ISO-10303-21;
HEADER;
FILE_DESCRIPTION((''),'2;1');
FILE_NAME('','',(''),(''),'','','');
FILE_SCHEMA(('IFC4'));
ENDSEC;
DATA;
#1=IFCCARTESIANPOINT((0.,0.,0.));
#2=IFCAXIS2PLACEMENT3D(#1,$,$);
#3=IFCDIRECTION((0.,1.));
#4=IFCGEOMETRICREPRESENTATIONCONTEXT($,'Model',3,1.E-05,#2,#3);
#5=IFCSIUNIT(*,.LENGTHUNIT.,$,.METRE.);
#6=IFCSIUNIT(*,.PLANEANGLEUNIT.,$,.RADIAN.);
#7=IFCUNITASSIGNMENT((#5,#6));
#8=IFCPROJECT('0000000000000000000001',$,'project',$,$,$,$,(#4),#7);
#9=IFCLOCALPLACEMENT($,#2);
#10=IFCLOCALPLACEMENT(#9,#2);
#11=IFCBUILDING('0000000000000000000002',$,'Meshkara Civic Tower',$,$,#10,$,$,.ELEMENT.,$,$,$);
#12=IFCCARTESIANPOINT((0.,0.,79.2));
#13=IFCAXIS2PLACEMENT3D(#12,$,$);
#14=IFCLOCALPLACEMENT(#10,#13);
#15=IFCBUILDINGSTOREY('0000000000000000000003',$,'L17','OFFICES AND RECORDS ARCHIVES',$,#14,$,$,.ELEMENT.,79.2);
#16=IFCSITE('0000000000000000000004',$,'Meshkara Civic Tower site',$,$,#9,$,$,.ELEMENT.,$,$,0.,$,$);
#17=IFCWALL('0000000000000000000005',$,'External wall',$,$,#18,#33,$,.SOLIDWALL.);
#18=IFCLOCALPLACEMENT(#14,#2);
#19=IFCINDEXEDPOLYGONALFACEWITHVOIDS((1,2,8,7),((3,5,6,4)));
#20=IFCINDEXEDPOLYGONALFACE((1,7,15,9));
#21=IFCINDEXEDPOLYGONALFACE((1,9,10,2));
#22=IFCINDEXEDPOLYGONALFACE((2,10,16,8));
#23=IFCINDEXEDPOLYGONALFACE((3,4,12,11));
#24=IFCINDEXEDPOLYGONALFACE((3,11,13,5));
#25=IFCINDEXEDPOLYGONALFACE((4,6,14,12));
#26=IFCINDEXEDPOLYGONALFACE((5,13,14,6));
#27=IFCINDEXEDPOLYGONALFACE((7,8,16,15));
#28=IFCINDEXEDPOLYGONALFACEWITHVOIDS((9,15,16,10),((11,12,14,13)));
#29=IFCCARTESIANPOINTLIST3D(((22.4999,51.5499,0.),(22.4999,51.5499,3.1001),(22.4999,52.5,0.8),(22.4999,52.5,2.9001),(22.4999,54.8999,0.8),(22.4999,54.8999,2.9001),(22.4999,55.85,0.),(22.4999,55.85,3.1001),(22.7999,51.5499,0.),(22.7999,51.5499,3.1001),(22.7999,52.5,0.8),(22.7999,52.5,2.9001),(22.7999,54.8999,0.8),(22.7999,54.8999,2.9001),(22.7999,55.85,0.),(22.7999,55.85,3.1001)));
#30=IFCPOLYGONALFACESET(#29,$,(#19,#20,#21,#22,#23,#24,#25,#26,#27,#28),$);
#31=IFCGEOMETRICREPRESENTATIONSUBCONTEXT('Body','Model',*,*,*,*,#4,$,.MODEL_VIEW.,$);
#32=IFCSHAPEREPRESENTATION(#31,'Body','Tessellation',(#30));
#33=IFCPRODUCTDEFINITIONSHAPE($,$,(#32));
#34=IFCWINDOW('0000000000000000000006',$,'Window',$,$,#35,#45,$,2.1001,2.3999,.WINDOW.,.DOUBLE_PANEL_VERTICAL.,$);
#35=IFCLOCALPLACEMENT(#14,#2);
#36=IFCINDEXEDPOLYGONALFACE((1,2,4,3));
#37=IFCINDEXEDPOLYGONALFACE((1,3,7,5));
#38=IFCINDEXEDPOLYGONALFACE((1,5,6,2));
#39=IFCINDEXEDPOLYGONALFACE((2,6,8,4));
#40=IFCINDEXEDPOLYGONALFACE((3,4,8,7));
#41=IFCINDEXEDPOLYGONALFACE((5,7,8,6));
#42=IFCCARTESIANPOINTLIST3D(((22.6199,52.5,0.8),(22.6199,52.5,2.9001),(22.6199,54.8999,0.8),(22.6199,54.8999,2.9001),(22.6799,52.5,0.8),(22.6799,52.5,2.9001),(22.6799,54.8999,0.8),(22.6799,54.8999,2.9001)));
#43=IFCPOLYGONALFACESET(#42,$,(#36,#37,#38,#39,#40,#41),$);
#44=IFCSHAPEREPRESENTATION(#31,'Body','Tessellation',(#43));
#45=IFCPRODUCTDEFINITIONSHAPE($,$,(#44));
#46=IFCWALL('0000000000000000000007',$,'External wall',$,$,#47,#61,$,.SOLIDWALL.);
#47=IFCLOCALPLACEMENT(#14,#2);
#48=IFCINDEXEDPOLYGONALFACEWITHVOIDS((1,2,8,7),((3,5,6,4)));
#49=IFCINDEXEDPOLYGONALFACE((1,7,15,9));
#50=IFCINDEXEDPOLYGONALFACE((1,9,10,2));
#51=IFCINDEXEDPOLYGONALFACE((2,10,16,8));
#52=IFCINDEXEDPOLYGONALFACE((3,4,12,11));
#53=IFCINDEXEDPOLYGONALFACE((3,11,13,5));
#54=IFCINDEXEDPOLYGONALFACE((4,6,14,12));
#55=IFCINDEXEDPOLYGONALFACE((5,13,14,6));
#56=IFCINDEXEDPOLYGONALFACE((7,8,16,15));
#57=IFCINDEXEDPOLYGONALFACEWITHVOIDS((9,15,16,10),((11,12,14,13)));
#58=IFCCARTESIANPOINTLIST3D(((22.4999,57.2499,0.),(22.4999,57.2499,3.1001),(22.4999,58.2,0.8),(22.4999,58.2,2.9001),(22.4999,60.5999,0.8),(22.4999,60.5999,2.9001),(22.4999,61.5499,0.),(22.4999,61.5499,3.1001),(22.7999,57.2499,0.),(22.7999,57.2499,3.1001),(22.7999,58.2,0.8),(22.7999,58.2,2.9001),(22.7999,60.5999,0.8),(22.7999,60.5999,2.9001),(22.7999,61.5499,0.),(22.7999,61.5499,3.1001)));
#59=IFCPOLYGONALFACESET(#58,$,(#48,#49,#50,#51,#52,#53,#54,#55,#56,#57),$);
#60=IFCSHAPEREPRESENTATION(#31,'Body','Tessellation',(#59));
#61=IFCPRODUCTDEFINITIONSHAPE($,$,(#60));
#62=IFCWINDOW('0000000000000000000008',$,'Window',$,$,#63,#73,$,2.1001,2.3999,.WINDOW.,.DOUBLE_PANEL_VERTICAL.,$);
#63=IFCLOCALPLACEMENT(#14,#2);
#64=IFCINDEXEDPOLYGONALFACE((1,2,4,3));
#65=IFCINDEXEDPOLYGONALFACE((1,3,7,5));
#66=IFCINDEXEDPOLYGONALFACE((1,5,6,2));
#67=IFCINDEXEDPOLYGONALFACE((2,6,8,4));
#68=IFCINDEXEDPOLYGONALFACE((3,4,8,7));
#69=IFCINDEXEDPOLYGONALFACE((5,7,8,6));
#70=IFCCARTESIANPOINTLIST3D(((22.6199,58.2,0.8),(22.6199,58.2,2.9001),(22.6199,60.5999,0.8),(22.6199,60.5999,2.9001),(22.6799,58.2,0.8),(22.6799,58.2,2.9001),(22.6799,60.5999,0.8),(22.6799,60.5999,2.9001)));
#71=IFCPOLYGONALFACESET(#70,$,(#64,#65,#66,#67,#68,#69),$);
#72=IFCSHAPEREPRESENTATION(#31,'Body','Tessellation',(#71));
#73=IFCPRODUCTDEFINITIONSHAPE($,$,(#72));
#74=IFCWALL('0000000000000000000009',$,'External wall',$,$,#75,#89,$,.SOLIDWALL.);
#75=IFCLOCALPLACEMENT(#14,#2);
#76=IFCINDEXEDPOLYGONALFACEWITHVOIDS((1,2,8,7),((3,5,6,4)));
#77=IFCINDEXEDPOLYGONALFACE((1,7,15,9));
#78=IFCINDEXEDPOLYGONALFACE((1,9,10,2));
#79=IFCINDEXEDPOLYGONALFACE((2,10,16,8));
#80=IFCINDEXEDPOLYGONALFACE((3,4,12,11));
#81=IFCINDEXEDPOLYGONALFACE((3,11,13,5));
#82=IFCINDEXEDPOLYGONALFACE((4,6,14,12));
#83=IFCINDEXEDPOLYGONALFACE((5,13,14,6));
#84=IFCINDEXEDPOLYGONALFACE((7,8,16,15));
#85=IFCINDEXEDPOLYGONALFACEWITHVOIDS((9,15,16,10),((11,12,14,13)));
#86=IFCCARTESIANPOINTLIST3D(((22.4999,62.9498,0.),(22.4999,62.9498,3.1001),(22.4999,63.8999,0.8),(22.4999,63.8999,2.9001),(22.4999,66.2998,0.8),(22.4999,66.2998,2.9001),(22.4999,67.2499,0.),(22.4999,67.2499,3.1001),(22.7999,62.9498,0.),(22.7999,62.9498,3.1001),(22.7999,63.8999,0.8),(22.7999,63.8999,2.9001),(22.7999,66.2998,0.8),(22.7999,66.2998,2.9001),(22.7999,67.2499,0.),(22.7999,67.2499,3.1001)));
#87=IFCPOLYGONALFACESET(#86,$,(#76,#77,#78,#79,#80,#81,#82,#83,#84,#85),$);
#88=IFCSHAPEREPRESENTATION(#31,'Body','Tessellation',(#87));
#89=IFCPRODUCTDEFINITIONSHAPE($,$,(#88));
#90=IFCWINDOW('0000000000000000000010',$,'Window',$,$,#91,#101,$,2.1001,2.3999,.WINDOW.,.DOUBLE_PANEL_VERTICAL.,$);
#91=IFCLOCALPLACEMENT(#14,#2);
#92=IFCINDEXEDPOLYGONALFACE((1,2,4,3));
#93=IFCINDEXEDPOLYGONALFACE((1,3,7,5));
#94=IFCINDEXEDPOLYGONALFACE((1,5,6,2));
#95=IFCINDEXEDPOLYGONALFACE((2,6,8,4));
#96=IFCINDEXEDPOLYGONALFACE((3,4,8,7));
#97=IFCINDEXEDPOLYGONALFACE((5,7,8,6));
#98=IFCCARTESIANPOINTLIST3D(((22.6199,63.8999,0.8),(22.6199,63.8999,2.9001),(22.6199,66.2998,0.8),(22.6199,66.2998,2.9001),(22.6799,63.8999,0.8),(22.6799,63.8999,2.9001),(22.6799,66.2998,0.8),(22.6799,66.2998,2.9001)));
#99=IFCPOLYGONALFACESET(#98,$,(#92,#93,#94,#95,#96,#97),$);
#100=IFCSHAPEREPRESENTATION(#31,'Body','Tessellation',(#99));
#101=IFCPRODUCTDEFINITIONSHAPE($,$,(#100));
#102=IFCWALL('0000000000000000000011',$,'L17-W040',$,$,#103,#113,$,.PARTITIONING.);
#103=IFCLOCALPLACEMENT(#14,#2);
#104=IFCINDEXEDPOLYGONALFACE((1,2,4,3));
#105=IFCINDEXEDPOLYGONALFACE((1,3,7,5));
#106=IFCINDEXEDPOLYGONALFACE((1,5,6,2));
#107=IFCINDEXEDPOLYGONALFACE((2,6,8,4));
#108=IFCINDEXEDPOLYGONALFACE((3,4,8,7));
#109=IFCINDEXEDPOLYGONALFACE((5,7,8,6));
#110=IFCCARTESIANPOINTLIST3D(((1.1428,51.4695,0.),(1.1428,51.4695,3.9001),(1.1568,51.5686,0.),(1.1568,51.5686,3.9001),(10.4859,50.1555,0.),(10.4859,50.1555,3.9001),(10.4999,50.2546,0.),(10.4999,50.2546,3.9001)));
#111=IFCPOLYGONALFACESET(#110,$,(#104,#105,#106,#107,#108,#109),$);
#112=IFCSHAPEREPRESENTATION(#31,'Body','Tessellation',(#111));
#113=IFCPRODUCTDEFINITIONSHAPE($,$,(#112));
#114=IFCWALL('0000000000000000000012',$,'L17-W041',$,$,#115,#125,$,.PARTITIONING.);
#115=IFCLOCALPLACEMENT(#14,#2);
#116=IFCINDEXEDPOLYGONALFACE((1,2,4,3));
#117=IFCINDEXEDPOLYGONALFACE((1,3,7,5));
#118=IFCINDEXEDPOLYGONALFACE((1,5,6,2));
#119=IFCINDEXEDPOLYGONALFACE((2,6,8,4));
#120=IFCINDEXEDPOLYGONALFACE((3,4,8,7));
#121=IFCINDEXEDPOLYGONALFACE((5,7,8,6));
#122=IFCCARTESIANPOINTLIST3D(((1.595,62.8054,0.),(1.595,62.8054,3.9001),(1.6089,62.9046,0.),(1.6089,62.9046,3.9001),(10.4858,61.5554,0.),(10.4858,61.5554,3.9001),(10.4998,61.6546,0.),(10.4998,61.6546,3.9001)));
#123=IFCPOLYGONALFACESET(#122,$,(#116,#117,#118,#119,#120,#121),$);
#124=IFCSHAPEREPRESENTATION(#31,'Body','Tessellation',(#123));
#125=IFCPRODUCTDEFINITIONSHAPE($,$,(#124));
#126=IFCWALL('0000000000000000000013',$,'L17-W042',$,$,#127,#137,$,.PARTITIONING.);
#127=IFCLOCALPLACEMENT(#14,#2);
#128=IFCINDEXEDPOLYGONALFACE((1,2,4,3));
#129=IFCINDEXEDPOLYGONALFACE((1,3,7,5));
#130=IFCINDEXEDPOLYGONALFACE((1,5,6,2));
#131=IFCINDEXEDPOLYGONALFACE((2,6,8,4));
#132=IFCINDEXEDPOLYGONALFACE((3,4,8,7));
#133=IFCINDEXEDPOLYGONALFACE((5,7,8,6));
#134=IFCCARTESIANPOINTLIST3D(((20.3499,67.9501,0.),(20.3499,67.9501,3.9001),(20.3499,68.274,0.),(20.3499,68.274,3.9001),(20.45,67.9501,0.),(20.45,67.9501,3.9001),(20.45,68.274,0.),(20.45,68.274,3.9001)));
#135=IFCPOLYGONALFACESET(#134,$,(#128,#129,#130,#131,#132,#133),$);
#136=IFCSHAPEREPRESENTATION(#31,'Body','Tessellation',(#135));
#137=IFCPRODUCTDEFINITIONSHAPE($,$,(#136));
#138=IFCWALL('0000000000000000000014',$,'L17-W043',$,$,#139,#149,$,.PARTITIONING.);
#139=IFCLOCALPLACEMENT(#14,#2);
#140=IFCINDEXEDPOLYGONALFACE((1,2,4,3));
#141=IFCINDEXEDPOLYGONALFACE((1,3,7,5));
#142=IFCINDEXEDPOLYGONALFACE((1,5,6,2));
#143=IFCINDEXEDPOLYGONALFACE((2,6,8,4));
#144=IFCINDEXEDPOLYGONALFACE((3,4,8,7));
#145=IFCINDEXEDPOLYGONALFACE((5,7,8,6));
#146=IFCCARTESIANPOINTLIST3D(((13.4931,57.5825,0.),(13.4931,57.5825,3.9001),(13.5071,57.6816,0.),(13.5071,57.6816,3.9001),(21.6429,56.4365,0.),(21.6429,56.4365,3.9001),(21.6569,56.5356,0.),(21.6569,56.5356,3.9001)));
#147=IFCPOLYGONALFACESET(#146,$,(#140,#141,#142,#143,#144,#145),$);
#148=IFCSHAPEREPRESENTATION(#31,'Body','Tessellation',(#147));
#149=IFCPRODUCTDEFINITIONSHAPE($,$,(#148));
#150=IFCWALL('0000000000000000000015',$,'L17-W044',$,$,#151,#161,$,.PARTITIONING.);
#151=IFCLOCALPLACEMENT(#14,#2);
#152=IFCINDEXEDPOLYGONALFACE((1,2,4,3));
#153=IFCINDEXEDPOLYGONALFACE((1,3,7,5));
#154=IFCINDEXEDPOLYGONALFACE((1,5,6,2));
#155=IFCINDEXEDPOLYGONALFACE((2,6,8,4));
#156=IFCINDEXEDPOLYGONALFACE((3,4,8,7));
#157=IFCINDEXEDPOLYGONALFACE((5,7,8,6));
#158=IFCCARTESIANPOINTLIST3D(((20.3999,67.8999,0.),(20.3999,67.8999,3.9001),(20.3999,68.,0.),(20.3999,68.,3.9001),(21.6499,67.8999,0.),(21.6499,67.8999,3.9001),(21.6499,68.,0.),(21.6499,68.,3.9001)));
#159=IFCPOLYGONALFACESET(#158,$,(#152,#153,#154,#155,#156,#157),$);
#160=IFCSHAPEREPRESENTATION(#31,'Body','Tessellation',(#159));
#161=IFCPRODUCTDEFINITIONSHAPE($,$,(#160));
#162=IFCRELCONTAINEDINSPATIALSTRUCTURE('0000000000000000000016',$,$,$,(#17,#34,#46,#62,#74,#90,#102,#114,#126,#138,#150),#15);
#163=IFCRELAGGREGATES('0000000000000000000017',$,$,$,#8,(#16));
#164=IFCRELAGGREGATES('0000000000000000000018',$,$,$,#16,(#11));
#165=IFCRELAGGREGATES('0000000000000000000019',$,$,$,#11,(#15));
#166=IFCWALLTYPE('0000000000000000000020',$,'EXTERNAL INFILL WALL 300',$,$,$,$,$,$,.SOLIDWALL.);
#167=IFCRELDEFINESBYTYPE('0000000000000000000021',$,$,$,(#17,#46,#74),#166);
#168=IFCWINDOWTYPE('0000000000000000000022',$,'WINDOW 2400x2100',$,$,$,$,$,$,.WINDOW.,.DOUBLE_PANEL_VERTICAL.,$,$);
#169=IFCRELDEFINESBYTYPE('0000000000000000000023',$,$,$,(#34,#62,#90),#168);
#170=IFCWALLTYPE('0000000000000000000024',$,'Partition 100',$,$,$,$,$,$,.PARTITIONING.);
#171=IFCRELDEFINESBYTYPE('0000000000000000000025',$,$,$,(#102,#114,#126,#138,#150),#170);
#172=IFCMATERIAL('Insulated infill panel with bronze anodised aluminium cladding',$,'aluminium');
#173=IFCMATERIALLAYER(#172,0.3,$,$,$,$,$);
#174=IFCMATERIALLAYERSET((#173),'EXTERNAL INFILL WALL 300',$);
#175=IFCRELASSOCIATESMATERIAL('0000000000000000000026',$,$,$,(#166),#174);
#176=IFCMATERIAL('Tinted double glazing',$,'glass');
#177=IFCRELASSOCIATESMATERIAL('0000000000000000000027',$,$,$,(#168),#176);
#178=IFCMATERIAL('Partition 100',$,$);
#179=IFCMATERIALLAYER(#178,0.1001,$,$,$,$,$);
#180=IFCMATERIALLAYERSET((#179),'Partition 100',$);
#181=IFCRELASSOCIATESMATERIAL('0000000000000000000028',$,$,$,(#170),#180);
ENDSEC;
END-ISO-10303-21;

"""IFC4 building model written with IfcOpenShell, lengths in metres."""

from ifc_helpers import new_model, si_unit, direction, frame, frame_2d, origin, place, context, subcontext, project, spatial, rectangle, extrude, material, layer, layer_set, type_object, element, fill, save


model = new_model("IFC4")

# Units and contexts
model_context = context("Model", 3, precision=1e-05, world=origin(), true_north=direction((0.0, 1.0)))
body_context = subcontext(model_context, "Body", "Model", "MODEL_VIEW")
ifc_project = project(units=[si_unit("LENGTHUNIT", "METRE"), si_unit("PLANEANGLEUNIT", "RADIAN")], contexts=[model_context])

# Site, building, storey
site_placement = place(None, origin())
site = spatial("IfcSite", under=ifc_project, at=site_placement, Name="Meshkara Civic Tower site", CompositionType="ELEMENT", RefElevation=0.0)
building_placement = place(site_placement, origin())
building = spatial("IfcBuilding", under=site, at=building_placement, Name="Meshkara Civic Tower", CompositionType="ELEMENT")
storey_placement = place(building_placement, frame((0.0, 0.0, 79.2)))
storey = spatial("IfcBuildingStorey", under=building, at=storey_placement, Name="L17", Description="OFFICES AND RECORDS ARCHIVES", CompositionType="ELEMENT", Elevation=79.2)

# Walls, openings, windows
ifc_material_1 = material(Name="Insulated infill panel with bronze anodised aluminium cladding", Category="aluminium")
ifc_layer_1 = layer(ifc_material_1, 0.3)
ifc_layer_set_1 = layer_set([ifc_layer_1], Name="EXTERNAL INFILL WALL 300")
wall_type_1 = type_object("IfcWallType", Name="EXTERNAL INFILL WALL 300", PredefinedType="SOLIDWALL", material=ifc_layer_set_1)
ifc_material_2 = material(Name="Tinted double glazing", Category="glass")
window_type = type_object("IfcWindowType", Name="WINDOW 2400x2100", PartitioningType="DOUBLE_PANEL_VERTICAL", PredefinedType="WINDOW", material=ifc_material_2)
wall_1_placement = place(storey_placement, frame((22.6499, 51.55, 0.0), z_axis=(0.0, 0.0, 1.0), x_axis=(0.0, 1.0, 0.0)))
wall_1 = element("IfcWall", 1, at=wall_1_placement, inside=storey, type_object=wall_type_1, Name="External wall", PredefinedType="SOLIDWALL", context=body_context, shape_type="SweptSolid", body=[
    extrude(rectangle(XDim=4.3, YDim=0.3, at=frame_2d((2.1499, 0.0))), origin(), (0.0, 0.0, 1.0), 3.1001),
])
opening_1_placement = place(wall_1_placement, frame((0.95, 0.0, 0.8)))
opening_1 = element("IfcOpeningElement", 2, at=opening_1_placement, cuts=wall_1, PredefinedType="OPENING", context=body_context, shape_type="SweptSolid", body=[
    extrude(rectangle(XDim=2.3999, YDim=2.1001, at=frame_2d((1.2, 1.05))), frame((0.0, 0.1599, 0.0), z_axis=(0.0, -1.0, 0.0), x_axis=(1.0, 0.0, 0.0)), (0.0, 0.0, 1.0), 0.3201),
])
window_1_placement = place(opening_1_placement, origin())
window_1 = element("IfcWindow", 3, at=window_1_placement, inside=storey, type_object=window_type, Name="Window", OverallHeight=2.1001, OverallWidth=2.3999, PartitioningType="DOUBLE_PANEL_VERTICAL", PredefinedType="WINDOW", context=body_context, shape_type="SweptSolid", body=[
    extrude(rectangle(XDim=2.3999, YDim=2.1001, at=frame_2d((1.2, 1.05))), frame((0.0, 0.03, 0.0), z_axis=(0.0, -1.0, 0.0), x_axis=(1.0, 0.0, 0.0)), (0.0, 0.0, 1.0), 0.0601),
])
fill(opening_1, window_1)
wall_2_placement = place(storey_placement, frame((22.6499, 57.25, 0.0), z_axis=(0.0, 0.0, 1.0), x_axis=(0.0, 1.0, 0.0)))
wall_2 = element("IfcWall", 4, at=wall_2_placement, inside=storey, type_object=wall_type_1, Name="External wall", PredefinedType="SOLIDWALL", context=body_context, shape_type="SweptSolid", body=[
    extrude(rectangle(XDim=4.3, YDim=0.3, at=frame_2d((2.1499, 0.0))), origin(), (0.0, 0.0, 1.0), 3.1001),
])
opening_2_placement = place(wall_2_placement, frame((0.95, 0.0, 0.8)))
opening_2 = element("IfcOpeningElement", 5, at=opening_2_placement, cuts=wall_2, PredefinedType="OPENING", context=body_context, shape_type="SweptSolid", body=[
    extrude(rectangle(XDim=2.3999, YDim=2.1001, at=frame_2d((1.2, 1.05))), frame((0.0, 0.1599, 0.0), z_axis=(0.0, -1.0, 0.0), x_axis=(1.0, 0.0, 0.0)), (0.0, 0.0, 1.0), 0.3201),
])
window_2_placement = place(opening_2_placement, origin())
window_2 = element("IfcWindow", 6, at=window_2_placement, inside=storey, type_object=window_type, Name="Window", OverallHeight=2.1001, OverallWidth=2.3999, PartitioningType="DOUBLE_PANEL_VERTICAL", PredefinedType="WINDOW", context=body_context, shape_type="SweptSolid", body=[
    extrude(rectangle(XDim=2.3999, YDim=2.1001, at=frame_2d((1.2, 1.05))), frame((0.0, 0.03, 0.0), z_axis=(0.0, -1.0, 0.0), x_axis=(1.0, 0.0, 0.0)), (0.0, 0.0, 1.0), 0.0601),
])
fill(opening_2, window_2)
wall_3_placement = place(storey_placement, frame((22.6499, 62.95, 0.0), z_axis=(0.0, 0.0, 1.0), x_axis=(0.0, 1.0, 0.0)))
wall_3 = element("IfcWall", 7, at=wall_3_placement, inside=storey, type_object=wall_type_1, Name="External wall", PredefinedType="SOLIDWALL", context=body_context, shape_type="SweptSolid", body=[
    extrude(rectangle(XDim=4.3, YDim=0.3, at=frame_2d((2.1499, 0.0))), origin(), (0.0, 0.0, 1.0), 3.1001),
])
opening_3_placement = place(wall_3_placement, frame((0.95, 0.0, 0.8)))
opening_3 = element("IfcOpeningElement", 8, at=opening_3_placement, cuts=wall_3, PredefinedType="OPENING", context=body_context, shape_type="SweptSolid", body=[
    extrude(rectangle(XDim=2.3999, YDim=2.1001, at=frame_2d((1.2, 1.05))), frame((0.0, 0.1599, 0.0), z_axis=(0.0, -1.0, 0.0), x_axis=(1.0, 0.0, 0.0)), (0.0, 0.0, 1.0), 0.3201),
])
window_3_placement = place(opening_3_placement, origin())
window_3 = element("IfcWindow", 9, at=window_3_placement, inside=storey, type_object=window_type, Name="Window", OverallHeight=2.1001, OverallWidth=2.3999, PartitioningType="DOUBLE_PANEL_VERTICAL", PredefinedType="WINDOW", context=body_context, shape_type="SweptSolid", body=[
    extrude(rectangle(XDim=2.3999, YDim=2.1001, at=frame_2d((1.2, 1.05))), frame((0.0, 0.03, 0.0), z_axis=(0.0, -1.0, 0.0), x_axis=(1.0, 0.0, 0.0)), (0.0, 0.0, 1.0), 0.0601),
])
fill(opening_3, window_3)

# Walls
ifc_material_3 = material(Name="Partition 100")
ifc_layer_2 = layer(ifc_material_3, 0.1001)
ifc_layer_set_2 = layer_set([ifc_layer_2], Name="Partition 100")
wall_type_2 = type_object("IfcWallType", Name="Partition 100", PredefinedType="PARTITIONING", material=ifc_layer_set_2)
wall_4_placement = place(storey_placement, frame((10.4929, 50.2051, 0.0), z_axis=(0.0, 0.0, 1.0), x_axis=(-0.990255, 0.139266, 0.0)))
element("IfcWall", 10, at=wall_4_placement, inside=storey, type_object=wall_type_2, Name="L17-W040", PredefinedType="PARTITIONING", context=body_context, shape_type="SweptSolid", body=[
    extrude(rectangle(XDim=9.4351, YDim=0.1001, at=frame_2d((4.7175, 0.0))), origin(), (0.0, 0.0, 1.0), 3.9001),
])
wall_5_placement = place(storey_placement, frame((10.4929, 61.605, 0.0), z_axis=(0.0, 0.0, 1.0), x_axis=(-0.990261, 0.139224, 0.0)))
element("IfcWall", 11, at=wall_5_placement, inside=storey, type_object=wall_type_2, Name="L17-W041", PredefinedType="PARTITIONING", context=body_context, shape_type="SweptSolid", body=[
    extrude(rectangle(XDim=8.9783, YDim=0.1001, at=frame_2d((4.4893, 0.0))), origin(), (0.0, 0.0, 1.0), 3.9001),
])
wall_6_placement = place(storey_placement, frame((20.3999, 67.95, 0.0), z_axis=(0.0, 0.0, 1.0), x_axis=(0.0, 1.0, 0.0)))
element("IfcWall", 12, at=wall_6_placement, inside=storey, type_object=wall_type_2, Name="L17-W042", PredefinedType="PARTITIONING", context=body_context, shape_type="SweptSolid", body=[
    extrude(rectangle(XDim=0.324, YDim=0.1001, at=frame_2d((0.1621, 0.0))), origin(), (0.0, 0.0, 1.0), 3.9001),
])
wall_7_placement = place(storey_placement, frame((21.6499, 56.4861, 0.0), z_axis=(0.0, 0.0, 1.0), x_axis=(-0.990258, 0.139245, 0.0)))
element("IfcWall", 13, at=wall_7_placement, inside=storey, type_object=wall_type_2, Name="L17-W043", PredefinedType="PARTITIONING", context=body_context, shape_type="SweptSolid", body=[
    extrude(rectangle(XDim=8.23, YDim=0.1001, at=frame_2d((4.115, 0.0))), origin(), (0.0, 0.0, 1.0), 3.9001),
])
wall_8_placement = place(storey_placement, frame((21.6499, 67.95, 0.0), z_axis=(0.0, 0.0, 1.0), x_axis=(-1.0, 0.0, 0.0)))
element("IfcWall", 14, at=wall_8_placement, inside=storey, type_object=wall_type_2, Name="L17-W044", PredefinedType="PARTITIONING", context=body_context, shape_type="SweptSolid", body=[
    extrude(rectangle(XDim=1.25, YDim=0.1001, at=frame_2d((0.625, 0.0))), origin(), (0.0, 0.0, 1.0), 3.9001),
])

save(model, "model.ifc")
